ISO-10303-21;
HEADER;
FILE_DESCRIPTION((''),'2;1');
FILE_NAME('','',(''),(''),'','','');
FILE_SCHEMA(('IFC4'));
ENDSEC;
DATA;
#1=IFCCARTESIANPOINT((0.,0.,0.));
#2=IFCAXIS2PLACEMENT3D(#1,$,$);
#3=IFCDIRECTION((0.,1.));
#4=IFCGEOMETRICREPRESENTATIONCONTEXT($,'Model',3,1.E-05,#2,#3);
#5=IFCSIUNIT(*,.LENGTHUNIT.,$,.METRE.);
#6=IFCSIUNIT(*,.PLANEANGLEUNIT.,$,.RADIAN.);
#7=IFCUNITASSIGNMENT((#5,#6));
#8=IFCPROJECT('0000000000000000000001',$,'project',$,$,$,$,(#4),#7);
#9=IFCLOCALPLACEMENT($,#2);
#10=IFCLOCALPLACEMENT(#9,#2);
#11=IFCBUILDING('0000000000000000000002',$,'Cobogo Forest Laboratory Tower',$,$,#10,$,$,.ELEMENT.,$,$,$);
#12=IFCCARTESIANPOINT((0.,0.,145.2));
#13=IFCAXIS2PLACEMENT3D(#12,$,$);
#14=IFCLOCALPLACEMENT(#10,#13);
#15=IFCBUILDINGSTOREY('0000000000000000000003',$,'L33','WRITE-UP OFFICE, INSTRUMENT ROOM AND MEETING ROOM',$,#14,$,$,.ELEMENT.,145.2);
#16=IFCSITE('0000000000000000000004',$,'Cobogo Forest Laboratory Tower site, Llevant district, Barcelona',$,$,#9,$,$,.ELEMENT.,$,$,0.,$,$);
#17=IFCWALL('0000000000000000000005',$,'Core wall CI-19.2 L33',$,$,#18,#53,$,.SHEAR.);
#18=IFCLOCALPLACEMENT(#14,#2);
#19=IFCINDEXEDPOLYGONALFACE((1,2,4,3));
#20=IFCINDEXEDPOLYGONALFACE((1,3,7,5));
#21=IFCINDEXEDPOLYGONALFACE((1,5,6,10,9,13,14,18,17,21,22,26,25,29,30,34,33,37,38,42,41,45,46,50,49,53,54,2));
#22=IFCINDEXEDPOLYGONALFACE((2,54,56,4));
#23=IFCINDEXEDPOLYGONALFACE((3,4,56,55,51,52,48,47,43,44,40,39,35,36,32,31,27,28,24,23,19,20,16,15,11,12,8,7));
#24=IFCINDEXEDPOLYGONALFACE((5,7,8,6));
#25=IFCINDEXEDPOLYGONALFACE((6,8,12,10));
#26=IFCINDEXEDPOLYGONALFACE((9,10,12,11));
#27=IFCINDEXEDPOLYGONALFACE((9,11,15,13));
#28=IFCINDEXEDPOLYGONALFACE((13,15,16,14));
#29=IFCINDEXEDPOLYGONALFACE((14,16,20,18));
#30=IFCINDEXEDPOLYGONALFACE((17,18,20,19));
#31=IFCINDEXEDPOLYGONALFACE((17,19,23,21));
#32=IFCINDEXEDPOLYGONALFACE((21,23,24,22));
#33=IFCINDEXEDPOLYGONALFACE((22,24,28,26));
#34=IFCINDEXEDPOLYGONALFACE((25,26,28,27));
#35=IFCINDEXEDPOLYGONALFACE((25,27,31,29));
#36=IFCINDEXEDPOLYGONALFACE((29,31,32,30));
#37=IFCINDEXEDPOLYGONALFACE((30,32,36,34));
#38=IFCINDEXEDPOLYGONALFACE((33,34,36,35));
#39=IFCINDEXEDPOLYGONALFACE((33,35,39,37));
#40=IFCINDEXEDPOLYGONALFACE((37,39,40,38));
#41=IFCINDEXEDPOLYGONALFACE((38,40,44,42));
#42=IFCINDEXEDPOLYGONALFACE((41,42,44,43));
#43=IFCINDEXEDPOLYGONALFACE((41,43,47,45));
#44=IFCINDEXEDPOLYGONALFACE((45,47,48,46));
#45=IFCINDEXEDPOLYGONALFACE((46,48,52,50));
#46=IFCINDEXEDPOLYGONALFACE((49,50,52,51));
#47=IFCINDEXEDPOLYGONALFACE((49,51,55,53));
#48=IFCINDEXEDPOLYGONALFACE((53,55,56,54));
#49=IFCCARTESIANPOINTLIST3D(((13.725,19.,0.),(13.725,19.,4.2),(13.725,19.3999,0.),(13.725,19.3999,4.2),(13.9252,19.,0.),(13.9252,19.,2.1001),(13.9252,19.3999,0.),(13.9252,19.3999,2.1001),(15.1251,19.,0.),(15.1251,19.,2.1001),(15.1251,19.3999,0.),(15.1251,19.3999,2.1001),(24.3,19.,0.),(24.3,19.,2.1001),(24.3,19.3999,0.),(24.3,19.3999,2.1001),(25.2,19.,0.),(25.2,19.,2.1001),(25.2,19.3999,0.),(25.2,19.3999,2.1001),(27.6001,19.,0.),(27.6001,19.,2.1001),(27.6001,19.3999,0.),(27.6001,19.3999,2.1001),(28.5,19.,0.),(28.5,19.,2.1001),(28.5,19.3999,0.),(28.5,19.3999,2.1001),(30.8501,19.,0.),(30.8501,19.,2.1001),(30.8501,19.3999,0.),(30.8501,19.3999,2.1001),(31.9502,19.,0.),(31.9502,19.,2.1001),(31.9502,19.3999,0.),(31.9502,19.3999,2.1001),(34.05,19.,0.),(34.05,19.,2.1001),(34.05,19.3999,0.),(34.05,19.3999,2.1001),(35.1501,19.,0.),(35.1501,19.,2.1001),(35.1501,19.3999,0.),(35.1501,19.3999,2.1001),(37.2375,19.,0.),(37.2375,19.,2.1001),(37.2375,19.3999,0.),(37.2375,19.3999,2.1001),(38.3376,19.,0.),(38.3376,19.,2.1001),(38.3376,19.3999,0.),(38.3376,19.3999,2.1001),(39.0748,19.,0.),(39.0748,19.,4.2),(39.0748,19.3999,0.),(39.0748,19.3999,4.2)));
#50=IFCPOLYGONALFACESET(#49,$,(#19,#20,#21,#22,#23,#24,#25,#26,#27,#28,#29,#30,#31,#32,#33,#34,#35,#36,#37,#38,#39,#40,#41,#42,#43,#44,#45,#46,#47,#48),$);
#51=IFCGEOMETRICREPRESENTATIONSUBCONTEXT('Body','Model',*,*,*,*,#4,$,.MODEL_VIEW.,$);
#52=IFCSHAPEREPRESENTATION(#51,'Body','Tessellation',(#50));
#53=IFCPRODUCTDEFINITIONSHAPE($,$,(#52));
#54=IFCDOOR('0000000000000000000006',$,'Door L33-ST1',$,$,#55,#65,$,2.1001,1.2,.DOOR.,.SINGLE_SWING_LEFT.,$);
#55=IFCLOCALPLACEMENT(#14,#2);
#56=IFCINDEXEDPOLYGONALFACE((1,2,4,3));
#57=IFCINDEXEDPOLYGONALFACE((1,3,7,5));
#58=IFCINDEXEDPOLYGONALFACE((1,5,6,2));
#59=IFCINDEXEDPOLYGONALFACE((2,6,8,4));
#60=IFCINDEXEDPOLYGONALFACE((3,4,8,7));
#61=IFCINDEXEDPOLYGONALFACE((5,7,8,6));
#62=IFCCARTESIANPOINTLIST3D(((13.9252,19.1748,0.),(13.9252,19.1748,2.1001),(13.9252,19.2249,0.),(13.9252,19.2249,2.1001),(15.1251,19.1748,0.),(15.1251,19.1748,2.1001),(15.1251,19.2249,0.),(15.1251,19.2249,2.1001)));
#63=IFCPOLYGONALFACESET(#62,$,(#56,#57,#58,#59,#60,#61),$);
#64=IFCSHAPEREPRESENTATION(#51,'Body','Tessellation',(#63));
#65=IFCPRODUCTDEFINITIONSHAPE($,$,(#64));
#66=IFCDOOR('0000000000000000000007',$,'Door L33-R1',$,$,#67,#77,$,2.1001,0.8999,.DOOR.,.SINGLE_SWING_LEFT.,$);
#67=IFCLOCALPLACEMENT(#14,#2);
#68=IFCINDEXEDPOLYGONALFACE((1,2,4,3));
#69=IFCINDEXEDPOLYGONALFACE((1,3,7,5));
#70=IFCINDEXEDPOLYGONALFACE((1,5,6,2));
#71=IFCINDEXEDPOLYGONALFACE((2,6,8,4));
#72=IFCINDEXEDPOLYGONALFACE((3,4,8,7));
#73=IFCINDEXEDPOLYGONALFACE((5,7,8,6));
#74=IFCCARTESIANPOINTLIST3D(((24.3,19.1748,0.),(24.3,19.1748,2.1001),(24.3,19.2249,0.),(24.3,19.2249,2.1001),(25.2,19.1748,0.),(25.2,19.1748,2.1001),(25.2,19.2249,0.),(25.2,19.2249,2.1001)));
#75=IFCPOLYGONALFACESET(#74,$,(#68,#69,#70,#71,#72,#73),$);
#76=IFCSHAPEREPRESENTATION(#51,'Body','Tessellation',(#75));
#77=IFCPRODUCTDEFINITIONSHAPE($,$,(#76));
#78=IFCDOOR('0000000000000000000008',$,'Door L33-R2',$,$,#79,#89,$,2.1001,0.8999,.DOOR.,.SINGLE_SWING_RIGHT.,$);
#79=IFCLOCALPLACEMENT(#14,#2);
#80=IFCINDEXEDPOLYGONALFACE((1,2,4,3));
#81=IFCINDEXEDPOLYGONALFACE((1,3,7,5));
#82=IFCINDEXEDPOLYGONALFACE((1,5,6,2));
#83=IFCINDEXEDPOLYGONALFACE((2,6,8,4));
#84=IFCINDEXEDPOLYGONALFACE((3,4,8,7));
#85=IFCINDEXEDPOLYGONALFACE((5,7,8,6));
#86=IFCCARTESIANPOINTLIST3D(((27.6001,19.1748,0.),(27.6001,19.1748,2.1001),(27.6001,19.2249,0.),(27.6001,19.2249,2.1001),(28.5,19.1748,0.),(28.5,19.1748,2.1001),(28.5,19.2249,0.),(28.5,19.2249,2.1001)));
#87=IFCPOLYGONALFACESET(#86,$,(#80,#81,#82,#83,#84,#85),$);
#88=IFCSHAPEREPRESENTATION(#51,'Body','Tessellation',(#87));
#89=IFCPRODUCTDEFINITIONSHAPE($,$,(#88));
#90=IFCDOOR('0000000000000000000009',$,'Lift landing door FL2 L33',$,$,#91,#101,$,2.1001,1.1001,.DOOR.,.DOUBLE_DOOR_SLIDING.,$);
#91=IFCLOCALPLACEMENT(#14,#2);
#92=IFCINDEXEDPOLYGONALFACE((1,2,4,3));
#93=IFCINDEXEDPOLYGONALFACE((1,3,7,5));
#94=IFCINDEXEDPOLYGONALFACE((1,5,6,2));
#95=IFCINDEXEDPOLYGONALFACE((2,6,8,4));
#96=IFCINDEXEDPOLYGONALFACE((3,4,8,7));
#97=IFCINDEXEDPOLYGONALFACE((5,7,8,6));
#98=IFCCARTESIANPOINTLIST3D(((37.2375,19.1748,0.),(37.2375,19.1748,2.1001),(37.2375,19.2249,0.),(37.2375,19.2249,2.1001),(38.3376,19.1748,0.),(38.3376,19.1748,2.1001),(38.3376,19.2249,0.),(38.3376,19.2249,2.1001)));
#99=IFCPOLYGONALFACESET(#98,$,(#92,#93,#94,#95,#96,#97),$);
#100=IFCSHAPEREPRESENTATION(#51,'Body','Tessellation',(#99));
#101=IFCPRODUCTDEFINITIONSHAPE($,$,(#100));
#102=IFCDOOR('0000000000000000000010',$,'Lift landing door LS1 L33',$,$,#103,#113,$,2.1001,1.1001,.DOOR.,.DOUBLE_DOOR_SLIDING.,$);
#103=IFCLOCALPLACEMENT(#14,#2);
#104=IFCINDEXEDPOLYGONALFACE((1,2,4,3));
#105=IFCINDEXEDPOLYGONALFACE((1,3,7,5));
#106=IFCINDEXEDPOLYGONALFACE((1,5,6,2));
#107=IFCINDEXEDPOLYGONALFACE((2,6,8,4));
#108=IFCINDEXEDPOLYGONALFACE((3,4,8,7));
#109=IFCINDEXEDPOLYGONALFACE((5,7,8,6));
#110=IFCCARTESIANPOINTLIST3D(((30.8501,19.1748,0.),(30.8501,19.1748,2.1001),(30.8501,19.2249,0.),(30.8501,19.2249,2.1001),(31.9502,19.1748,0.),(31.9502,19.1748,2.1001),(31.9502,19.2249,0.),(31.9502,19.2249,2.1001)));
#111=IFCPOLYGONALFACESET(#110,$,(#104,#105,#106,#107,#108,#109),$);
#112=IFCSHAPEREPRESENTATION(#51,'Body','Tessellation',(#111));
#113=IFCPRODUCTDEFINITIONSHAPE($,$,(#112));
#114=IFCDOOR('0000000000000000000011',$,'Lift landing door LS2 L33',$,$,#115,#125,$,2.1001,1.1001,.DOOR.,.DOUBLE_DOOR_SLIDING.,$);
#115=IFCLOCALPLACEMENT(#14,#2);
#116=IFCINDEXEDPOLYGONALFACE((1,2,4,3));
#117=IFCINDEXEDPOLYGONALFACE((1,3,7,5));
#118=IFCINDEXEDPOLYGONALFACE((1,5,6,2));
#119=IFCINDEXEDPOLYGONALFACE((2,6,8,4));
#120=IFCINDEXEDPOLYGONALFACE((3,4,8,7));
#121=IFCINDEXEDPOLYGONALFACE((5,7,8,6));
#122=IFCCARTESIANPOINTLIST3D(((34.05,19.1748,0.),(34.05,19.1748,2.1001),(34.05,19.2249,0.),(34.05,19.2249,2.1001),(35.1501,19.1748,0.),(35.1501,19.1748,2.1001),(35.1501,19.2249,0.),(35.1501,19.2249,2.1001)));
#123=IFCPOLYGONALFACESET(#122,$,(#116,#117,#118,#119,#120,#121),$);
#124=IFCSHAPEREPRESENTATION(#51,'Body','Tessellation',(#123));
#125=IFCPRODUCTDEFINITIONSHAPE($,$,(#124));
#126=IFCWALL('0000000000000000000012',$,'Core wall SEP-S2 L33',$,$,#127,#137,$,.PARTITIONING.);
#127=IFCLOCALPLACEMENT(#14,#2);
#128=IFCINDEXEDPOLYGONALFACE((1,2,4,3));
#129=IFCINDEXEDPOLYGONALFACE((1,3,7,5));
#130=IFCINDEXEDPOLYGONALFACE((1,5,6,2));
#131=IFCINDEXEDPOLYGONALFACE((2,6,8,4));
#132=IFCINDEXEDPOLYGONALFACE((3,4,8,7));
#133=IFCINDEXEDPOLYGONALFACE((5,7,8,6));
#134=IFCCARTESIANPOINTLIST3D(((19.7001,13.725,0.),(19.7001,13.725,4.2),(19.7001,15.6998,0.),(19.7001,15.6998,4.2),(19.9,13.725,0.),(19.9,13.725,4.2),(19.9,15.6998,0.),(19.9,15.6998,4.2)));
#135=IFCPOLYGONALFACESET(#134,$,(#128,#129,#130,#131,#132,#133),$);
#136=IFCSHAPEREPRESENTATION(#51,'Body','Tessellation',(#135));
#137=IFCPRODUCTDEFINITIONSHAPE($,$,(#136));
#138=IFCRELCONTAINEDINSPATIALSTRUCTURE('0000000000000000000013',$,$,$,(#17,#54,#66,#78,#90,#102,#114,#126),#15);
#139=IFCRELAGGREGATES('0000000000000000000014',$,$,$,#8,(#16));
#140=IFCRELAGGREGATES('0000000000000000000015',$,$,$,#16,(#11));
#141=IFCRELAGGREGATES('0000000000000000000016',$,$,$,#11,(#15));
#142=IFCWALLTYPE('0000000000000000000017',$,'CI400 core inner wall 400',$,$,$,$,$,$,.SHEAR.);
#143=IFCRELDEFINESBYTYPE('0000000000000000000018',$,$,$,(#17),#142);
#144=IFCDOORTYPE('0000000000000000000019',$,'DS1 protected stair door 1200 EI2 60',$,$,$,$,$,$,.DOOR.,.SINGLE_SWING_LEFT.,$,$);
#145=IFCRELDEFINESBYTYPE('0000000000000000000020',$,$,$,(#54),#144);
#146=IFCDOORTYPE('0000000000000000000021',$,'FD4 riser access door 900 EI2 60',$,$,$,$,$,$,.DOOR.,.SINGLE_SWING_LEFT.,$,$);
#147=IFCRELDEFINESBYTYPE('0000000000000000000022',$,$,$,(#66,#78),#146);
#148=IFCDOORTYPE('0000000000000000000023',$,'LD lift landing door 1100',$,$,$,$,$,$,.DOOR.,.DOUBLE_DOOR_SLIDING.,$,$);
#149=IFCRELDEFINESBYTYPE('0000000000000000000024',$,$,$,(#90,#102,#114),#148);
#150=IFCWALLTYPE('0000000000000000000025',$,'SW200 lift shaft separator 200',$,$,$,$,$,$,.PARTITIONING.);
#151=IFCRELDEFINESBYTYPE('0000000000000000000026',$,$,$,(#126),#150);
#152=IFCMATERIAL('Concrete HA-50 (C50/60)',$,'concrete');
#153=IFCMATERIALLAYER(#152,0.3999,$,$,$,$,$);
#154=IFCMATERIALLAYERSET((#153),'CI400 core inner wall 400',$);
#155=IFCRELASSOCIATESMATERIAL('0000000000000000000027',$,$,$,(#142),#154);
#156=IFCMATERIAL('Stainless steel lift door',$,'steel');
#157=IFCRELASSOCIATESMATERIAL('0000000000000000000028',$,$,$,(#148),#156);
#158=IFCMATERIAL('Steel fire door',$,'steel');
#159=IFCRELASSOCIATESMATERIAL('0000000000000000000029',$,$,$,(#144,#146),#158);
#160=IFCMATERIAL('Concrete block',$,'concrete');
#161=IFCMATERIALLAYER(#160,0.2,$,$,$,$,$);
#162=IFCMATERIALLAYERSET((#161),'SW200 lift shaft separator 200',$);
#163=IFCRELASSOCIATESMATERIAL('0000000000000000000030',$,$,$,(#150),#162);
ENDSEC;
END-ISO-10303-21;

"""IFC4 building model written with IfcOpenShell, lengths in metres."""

from ifc_helpers import new_model, si_unit, direction, frame, frame_2d, origin, place, context, subcontext, project, spatial, rectangle, extrude, material, layer, layer_set, type_object, element, fill, save


model = new_model("IFC4")

# Units and contexts
model_context = context("Model", 3, precision=1e-05, world=origin(), true_north=direction((0.0, 1.0)))
body_context = subcontext(model_context, "Body", "Model", "MODEL_VIEW")
ifc_project = project(units=[si_unit("LENGTHUNIT", "METRE"), si_unit("PLANEANGLEUNIT", "RADIAN")], contexts=[model_context])

# Site, building, storey
site_placement = place(None, origin())
site = spatial("IfcSite", under=ifc_project, at=site_placement, Name="Cobogo Forest Laboratory Tower site, Llevant district, Barcelona", CompositionType="ELEMENT", RefElevation=0.0)
building_placement = place(site_placement, origin())
building = spatial("IfcBuilding", under=site, at=building_placement, Name="Cobogo Forest Laboratory Tower", CompositionType="ELEMENT")
storey_placement = place(building_placement, frame((0.0, 0.0, 145.2)))
storey = spatial("IfcBuildingStorey", under=building, at=storey_placement, Name="L33", Description="WRITE-UP OFFICE, INSTRUMENT ROOM AND MEETING ROOM", CompositionType="ELEMENT", Elevation=145.2)

# Wall, openings, doors
ifc_material_1 = material(Name="Concrete HA-50 (C50/60)", Category="concrete")
ifc_layer_1 = layer(ifc_material_1, 0.3999)
ifc_layer_set_1 = layer_set([ifc_layer_1], Name="CI400 core inner wall 400")
wall_type_1 = type_object("IfcWallType", Name="CI400 core inner wall 400", PredefinedType="SHEAR", material=ifc_layer_set_1)
ifc_material_2 = material(Name="Steel fire door", Category="steel")
ifc_material_3 = material(Name="Stainless steel lift door", Category="steel")
door_type_1 = type_object("IfcDoorType", Name="LD lift landing door 1100", OperationType="DOUBLE_DOOR_SLIDING", PredefinedType="DOOR", material=ifc_material_3)
wall_1_placement = place(storey_placement, frame((13.7251, 19.2, 0.0), z_axis=(0.0, 0.0, 1.0), x_axis=(1.0, 0.0, 0.0)))
wall_1 = element("IfcWall", 1, at=wall_1_placement, inside=storey, type_object=wall_type_1, Name="Core wall CI-19.2 L33", PredefinedType="SHEAR", context=body_context, shape_type="SweptSolid", body=[
    extrude(rectangle(XDim=25.3499, YDim=0.3999, at=frame_2d((12.6748, 0.0))), origin(), (0.0, 0.0, 1.0), 4.2),
])
opening_1_placement = place(wall_1_placement, frame((10.575, 0.0, 0.0)))
opening_1 = element("IfcOpeningElement", 2, at=opening_1_placement, cuts=wall_1, PredefinedType="OPENING", context=body_context, shape_type="SweptSolid", body=[
    extrude(rectangle(XDim=0.8999, YDim=2.1001, at=frame_2d((0.45, 1.05))), frame((0.0, 0.21, 0.0), z_axis=(0.0, -1.0, 0.0), x_axis=(1.0, 0.0, 0.0)), (0.0, 0.0, 1.0), 0.4199),
])
opening_2_placement = place(wall_1_placement, frame((13.875, 0.0, 0.0)))
opening_2 = element("IfcOpeningElement", 3, at=opening_2_placement, cuts=wall_1, PredefinedType="OPENING", context=body_context, shape_type="SweptSolid", body=[
    extrude(rectangle(XDim=0.8999, YDim=2.1001, at=frame_2d((0.45, 1.05))), frame((0.0, 0.21, 0.0), z_axis=(0.0, -1.0, 0.0), x_axis=(1.0, 0.0, 0.0)), (0.0, 0.0, 1.0), 0.4199),
])
opening_3_placement = place(wall_1_placement, frame((0.2, 0.0, 0.0)))
opening_3 = element("IfcOpeningElement", 4, at=opening_3_placement, cuts=wall_1, PredefinedType="OPENING", context=body_context, shape_type="SweptSolid", body=[
    extrude(rectangle(XDim=1.2, YDim=2.1001, at=frame_2d((0.6001, 1.05))), frame((0.0, 0.21, 0.0), z_axis=(0.0, -1.0, 0.0), x_axis=(1.0, 0.0, 0.0)), (0.0, 0.0, 1.0), 0.4199),
])
opening_4_placement = place(wall_1_placement, frame((23.5125, 0.0, 0.0)))
opening_4 = element("IfcOpeningElement", 5, at=opening_4_placement, cuts=wall_1, PredefinedType="OPENING", context=body_context, shape_type="SweptSolid", body=[
    extrude(rectangle(XDim=1.1001, YDim=2.1001, at=frame_2d((0.55, 1.05))), frame((0.0, 0.21, 0.0), z_axis=(0.0, -1.0, 0.0), x_axis=(1.0, 0.0, 0.0)), (0.0, 0.0, 1.0), 0.4199),
])
opening_5_placement = place(wall_1_placement, frame((17.125, 0.0, 0.0)))
opening_5 = element("IfcOpeningElement", 6, at=opening_5_placement, cuts=wall_1, PredefinedType="OPENING", context=body_context, shape_type="SweptSolid", body=[
    extrude(rectangle(XDim=1.1001, YDim=2.1001, at=frame_2d((0.55, 1.05))), frame((0.0, 0.21, 0.0), z_axis=(0.0, -1.0, 0.0), x_axis=(1.0, 0.0, 0.0)), (0.0, 0.0, 1.0), 0.4199),
])
opening_6_placement = place(wall_1_placement, frame((20.325, 0.0, 0.0)))
opening_6 = element("IfcOpeningElement", 7, at=opening_6_placement, cuts=wall_1, PredefinedType="OPENING", context=body_context, shape_type="SweptSolid", body=[
    extrude(rectangle(XDim=1.1001, YDim=2.1001, at=frame_2d((0.55, 1.05))), frame((0.0, 0.21, 0.0), z_axis=(0.0, -1.0, 0.0), x_axis=(1.0, 0.0, 0.0)), (0.0, 0.0, 1.0), 0.4199),
])
door_type_2 = type_object("IfcDoorType", Name="DS1 protected stair door 1200 EI2 60", OperationType="SINGLE_SWING_LEFT", PredefinedType="DOOR", material=ifc_material_2)
door_1_placement = place(opening_3_placement, origin())
door_1 = element("IfcDoor", 8, at=door_1_placement, inside=storey, type_object=door_type_2, Name="Door L33-ST1", OperationType="SINGLE_SWING_LEFT", OverallHeight=2.1001, OverallWidth=1.2, PredefinedType="DOOR", context=body_context, shape_type="SweptSolid", body=[
    extrude(rectangle(XDim=1.2, YDim=2.1001, at=frame_2d((0.6001, 1.05))), frame((0.0, 0.0249, 0.0), z_axis=(0.0, -1.0, 0.0), x_axis=(1.0, 0.0, 0.0)), (0.0, 0.0, 1.0), 0.05),
])
fill(opening_3, door_1)
door_type_3 = type_object("IfcDoorType", Name="FD4 riser access door 900 EI2 60", OperationType="SINGLE_SWING_LEFT", PredefinedType="DOOR", material=ifc_material_2)
door_2_placement = place(opening_1_placement, origin())
door_2 = element("IfcDoor", 9, at=door_2_placement, inside=storey, type_object=door_type_3, Name="Door L33-R1", OperationType="SINGLE_SWING_LEFT", OverallHeight=2.1001, OverallWidth=0.8999, PredefinedType="DOOR", context=body_context, shape_type="SweptSolid", body=[
    extrude(rectangle(XDim=0.8999, YDim=2.1001, at=frame_2d((0.45, 1.05))), frame((0.0, 0.0249, 0.0), z_axis=(0.0, -1.0, 0.0), x_axis=(1.0, 0.0, 0.0)), (0.0, 0.0, 1.0), 0.05),
])
fill(opening_1, door_2)
door_3_placement = place(opening_2_placement, origin())
door_3 = element("IfcDoor", 10, at=door_3_placement, inside=storey, type_object=door_type_3, Name="Door L33-R2", OperationType="SINGLE_SWING_RIGHT", OverallHeight=2.1001, OverallWidth=0.8999, PredefinedType="DOOR", context=body_context, shape_type="SweptSolid", body=[
    extrude(rectangle(XDim=0.8999, YDim=2.1001, at=frame_2d((0.45, 1.05))), frame((0.0, 0.0249, 0.0), z_axis=(0.0, -1.0, 0.0), x_axis=(1.0, 0.0, 0.0)), (0.0, 0.0, 1.0), 0.05),
])
fill(opening_2, door_3)
door_4_placement = place(opening_4_placement, origin())
door_4 = element("IfcDoor", 11, at=door_4_placement, inside=storey, type_object=door_type_1, Name="Lift landing door FL2 L33", OperationType="DOUBLE_DOOR_SLIDING", OverallHeight=2.1001, OverallWidth=1.1001, PredefinedType="DOOR", context=body_context, shape_type="SweptSolid", body=[
    extrude(rectangle(XDim=1.1001, YDim=2.1001, at=frame_2d((0.55, 1.05))), frame((0.0, 0.0249, 0.0), z_axis=(0.0, -1.0, 0.0), x_axis=(1.0, 0.0, 0.0)), (0.0, 0.0, 1.0), 0.05),
])
fill(opening_4, door_4)
door_5_placement = place(opening_5_placement, origin())
door_5 = element("IfcDoor", 12, at=door_5_placement, inside=storey, type_object=door_type_1, Name="Lift landing door LS1 L33", OperationType="DOUBLE_DOOR_SLIDING", OverallHeight=2.1001, OverallWidth=1.1001, PredefinedType="DOOR", context=body_context, shape_type="SweptSolid", body=[
    extrude(rectangle(XDim=1.1001, YDim=2.1001, at=frame_2d((0.55, 1.05))), frame((0.0, 0.0249, 0.0), z_axis=(0.0, -1.0, 0.0), x_axis=(1.0, 0.0, 0.0)), (0.0, 0.0, 1.0), 0.05),
])
fill(opening_5, door_5)
door_6_placement = place(opening_6_placement, origin())
door_6 = element("IfcDoor", 13, at=door_6_placement, inside=storey, type_object=door_type_1, Name="Lift landing door LS2 L33", OperationType="DOUBLE_DOOR_SLIDING", OverallHeight=2.1001, OverallWidth=1.1001, PredefinedType="DOOR", context=body_context, shape_type="SweptSolid", body=[
    extrude(rectangle(XDim=1.1001, YDim=2.1001, at=frame_2d((0.55, 1.05))), frame((0.0, 0.0249, 0.0), z_axis=(0.0, -1.0, 0.0), x_axis=(1.0, 0.0, 0.0)), (0.0, 0.0, 1.0), 0.05),
])
fill(opening_6, door_6)

# Wall
ifc_material_4 = material(Name="Concrete block", Category="concrete")
ifc_layer_2 = layer(ifc_material_4, 0.2)
ifc_layer_set_2 = layer_set([ifc_layer_2], Name="SW200 lift shaft separator 200")
wall_type_2 = type_object("IfcWallType", Name="SW200 lift shaft separator 200", PredefinedType="PARTITIONING", material=ifc_layer_set_2)
wall_2_placement = place(storey_placement, frame((19.8, 13.7251, 0.0), z_axis=(0.0, 0.0, 1.0), x_axis=(0.0, 1.0, 0.0)))
element("IfcWall", 14, at=wall_2_placement, inside=storey, type_object=wall_type_2, Name="Core wall SEP-S2 L33", PredefinedType="PARTITIONING", context=body_context, shape_type="SweptSolid", body=[
    extrude(rectangle(XDim=1.9749, YDim=0.2, at=frame_2d((0.9873, 0.0))), origin(), (0.0, 0.0, 1.0), 4.2),
])

save(model, "model.ifc")
